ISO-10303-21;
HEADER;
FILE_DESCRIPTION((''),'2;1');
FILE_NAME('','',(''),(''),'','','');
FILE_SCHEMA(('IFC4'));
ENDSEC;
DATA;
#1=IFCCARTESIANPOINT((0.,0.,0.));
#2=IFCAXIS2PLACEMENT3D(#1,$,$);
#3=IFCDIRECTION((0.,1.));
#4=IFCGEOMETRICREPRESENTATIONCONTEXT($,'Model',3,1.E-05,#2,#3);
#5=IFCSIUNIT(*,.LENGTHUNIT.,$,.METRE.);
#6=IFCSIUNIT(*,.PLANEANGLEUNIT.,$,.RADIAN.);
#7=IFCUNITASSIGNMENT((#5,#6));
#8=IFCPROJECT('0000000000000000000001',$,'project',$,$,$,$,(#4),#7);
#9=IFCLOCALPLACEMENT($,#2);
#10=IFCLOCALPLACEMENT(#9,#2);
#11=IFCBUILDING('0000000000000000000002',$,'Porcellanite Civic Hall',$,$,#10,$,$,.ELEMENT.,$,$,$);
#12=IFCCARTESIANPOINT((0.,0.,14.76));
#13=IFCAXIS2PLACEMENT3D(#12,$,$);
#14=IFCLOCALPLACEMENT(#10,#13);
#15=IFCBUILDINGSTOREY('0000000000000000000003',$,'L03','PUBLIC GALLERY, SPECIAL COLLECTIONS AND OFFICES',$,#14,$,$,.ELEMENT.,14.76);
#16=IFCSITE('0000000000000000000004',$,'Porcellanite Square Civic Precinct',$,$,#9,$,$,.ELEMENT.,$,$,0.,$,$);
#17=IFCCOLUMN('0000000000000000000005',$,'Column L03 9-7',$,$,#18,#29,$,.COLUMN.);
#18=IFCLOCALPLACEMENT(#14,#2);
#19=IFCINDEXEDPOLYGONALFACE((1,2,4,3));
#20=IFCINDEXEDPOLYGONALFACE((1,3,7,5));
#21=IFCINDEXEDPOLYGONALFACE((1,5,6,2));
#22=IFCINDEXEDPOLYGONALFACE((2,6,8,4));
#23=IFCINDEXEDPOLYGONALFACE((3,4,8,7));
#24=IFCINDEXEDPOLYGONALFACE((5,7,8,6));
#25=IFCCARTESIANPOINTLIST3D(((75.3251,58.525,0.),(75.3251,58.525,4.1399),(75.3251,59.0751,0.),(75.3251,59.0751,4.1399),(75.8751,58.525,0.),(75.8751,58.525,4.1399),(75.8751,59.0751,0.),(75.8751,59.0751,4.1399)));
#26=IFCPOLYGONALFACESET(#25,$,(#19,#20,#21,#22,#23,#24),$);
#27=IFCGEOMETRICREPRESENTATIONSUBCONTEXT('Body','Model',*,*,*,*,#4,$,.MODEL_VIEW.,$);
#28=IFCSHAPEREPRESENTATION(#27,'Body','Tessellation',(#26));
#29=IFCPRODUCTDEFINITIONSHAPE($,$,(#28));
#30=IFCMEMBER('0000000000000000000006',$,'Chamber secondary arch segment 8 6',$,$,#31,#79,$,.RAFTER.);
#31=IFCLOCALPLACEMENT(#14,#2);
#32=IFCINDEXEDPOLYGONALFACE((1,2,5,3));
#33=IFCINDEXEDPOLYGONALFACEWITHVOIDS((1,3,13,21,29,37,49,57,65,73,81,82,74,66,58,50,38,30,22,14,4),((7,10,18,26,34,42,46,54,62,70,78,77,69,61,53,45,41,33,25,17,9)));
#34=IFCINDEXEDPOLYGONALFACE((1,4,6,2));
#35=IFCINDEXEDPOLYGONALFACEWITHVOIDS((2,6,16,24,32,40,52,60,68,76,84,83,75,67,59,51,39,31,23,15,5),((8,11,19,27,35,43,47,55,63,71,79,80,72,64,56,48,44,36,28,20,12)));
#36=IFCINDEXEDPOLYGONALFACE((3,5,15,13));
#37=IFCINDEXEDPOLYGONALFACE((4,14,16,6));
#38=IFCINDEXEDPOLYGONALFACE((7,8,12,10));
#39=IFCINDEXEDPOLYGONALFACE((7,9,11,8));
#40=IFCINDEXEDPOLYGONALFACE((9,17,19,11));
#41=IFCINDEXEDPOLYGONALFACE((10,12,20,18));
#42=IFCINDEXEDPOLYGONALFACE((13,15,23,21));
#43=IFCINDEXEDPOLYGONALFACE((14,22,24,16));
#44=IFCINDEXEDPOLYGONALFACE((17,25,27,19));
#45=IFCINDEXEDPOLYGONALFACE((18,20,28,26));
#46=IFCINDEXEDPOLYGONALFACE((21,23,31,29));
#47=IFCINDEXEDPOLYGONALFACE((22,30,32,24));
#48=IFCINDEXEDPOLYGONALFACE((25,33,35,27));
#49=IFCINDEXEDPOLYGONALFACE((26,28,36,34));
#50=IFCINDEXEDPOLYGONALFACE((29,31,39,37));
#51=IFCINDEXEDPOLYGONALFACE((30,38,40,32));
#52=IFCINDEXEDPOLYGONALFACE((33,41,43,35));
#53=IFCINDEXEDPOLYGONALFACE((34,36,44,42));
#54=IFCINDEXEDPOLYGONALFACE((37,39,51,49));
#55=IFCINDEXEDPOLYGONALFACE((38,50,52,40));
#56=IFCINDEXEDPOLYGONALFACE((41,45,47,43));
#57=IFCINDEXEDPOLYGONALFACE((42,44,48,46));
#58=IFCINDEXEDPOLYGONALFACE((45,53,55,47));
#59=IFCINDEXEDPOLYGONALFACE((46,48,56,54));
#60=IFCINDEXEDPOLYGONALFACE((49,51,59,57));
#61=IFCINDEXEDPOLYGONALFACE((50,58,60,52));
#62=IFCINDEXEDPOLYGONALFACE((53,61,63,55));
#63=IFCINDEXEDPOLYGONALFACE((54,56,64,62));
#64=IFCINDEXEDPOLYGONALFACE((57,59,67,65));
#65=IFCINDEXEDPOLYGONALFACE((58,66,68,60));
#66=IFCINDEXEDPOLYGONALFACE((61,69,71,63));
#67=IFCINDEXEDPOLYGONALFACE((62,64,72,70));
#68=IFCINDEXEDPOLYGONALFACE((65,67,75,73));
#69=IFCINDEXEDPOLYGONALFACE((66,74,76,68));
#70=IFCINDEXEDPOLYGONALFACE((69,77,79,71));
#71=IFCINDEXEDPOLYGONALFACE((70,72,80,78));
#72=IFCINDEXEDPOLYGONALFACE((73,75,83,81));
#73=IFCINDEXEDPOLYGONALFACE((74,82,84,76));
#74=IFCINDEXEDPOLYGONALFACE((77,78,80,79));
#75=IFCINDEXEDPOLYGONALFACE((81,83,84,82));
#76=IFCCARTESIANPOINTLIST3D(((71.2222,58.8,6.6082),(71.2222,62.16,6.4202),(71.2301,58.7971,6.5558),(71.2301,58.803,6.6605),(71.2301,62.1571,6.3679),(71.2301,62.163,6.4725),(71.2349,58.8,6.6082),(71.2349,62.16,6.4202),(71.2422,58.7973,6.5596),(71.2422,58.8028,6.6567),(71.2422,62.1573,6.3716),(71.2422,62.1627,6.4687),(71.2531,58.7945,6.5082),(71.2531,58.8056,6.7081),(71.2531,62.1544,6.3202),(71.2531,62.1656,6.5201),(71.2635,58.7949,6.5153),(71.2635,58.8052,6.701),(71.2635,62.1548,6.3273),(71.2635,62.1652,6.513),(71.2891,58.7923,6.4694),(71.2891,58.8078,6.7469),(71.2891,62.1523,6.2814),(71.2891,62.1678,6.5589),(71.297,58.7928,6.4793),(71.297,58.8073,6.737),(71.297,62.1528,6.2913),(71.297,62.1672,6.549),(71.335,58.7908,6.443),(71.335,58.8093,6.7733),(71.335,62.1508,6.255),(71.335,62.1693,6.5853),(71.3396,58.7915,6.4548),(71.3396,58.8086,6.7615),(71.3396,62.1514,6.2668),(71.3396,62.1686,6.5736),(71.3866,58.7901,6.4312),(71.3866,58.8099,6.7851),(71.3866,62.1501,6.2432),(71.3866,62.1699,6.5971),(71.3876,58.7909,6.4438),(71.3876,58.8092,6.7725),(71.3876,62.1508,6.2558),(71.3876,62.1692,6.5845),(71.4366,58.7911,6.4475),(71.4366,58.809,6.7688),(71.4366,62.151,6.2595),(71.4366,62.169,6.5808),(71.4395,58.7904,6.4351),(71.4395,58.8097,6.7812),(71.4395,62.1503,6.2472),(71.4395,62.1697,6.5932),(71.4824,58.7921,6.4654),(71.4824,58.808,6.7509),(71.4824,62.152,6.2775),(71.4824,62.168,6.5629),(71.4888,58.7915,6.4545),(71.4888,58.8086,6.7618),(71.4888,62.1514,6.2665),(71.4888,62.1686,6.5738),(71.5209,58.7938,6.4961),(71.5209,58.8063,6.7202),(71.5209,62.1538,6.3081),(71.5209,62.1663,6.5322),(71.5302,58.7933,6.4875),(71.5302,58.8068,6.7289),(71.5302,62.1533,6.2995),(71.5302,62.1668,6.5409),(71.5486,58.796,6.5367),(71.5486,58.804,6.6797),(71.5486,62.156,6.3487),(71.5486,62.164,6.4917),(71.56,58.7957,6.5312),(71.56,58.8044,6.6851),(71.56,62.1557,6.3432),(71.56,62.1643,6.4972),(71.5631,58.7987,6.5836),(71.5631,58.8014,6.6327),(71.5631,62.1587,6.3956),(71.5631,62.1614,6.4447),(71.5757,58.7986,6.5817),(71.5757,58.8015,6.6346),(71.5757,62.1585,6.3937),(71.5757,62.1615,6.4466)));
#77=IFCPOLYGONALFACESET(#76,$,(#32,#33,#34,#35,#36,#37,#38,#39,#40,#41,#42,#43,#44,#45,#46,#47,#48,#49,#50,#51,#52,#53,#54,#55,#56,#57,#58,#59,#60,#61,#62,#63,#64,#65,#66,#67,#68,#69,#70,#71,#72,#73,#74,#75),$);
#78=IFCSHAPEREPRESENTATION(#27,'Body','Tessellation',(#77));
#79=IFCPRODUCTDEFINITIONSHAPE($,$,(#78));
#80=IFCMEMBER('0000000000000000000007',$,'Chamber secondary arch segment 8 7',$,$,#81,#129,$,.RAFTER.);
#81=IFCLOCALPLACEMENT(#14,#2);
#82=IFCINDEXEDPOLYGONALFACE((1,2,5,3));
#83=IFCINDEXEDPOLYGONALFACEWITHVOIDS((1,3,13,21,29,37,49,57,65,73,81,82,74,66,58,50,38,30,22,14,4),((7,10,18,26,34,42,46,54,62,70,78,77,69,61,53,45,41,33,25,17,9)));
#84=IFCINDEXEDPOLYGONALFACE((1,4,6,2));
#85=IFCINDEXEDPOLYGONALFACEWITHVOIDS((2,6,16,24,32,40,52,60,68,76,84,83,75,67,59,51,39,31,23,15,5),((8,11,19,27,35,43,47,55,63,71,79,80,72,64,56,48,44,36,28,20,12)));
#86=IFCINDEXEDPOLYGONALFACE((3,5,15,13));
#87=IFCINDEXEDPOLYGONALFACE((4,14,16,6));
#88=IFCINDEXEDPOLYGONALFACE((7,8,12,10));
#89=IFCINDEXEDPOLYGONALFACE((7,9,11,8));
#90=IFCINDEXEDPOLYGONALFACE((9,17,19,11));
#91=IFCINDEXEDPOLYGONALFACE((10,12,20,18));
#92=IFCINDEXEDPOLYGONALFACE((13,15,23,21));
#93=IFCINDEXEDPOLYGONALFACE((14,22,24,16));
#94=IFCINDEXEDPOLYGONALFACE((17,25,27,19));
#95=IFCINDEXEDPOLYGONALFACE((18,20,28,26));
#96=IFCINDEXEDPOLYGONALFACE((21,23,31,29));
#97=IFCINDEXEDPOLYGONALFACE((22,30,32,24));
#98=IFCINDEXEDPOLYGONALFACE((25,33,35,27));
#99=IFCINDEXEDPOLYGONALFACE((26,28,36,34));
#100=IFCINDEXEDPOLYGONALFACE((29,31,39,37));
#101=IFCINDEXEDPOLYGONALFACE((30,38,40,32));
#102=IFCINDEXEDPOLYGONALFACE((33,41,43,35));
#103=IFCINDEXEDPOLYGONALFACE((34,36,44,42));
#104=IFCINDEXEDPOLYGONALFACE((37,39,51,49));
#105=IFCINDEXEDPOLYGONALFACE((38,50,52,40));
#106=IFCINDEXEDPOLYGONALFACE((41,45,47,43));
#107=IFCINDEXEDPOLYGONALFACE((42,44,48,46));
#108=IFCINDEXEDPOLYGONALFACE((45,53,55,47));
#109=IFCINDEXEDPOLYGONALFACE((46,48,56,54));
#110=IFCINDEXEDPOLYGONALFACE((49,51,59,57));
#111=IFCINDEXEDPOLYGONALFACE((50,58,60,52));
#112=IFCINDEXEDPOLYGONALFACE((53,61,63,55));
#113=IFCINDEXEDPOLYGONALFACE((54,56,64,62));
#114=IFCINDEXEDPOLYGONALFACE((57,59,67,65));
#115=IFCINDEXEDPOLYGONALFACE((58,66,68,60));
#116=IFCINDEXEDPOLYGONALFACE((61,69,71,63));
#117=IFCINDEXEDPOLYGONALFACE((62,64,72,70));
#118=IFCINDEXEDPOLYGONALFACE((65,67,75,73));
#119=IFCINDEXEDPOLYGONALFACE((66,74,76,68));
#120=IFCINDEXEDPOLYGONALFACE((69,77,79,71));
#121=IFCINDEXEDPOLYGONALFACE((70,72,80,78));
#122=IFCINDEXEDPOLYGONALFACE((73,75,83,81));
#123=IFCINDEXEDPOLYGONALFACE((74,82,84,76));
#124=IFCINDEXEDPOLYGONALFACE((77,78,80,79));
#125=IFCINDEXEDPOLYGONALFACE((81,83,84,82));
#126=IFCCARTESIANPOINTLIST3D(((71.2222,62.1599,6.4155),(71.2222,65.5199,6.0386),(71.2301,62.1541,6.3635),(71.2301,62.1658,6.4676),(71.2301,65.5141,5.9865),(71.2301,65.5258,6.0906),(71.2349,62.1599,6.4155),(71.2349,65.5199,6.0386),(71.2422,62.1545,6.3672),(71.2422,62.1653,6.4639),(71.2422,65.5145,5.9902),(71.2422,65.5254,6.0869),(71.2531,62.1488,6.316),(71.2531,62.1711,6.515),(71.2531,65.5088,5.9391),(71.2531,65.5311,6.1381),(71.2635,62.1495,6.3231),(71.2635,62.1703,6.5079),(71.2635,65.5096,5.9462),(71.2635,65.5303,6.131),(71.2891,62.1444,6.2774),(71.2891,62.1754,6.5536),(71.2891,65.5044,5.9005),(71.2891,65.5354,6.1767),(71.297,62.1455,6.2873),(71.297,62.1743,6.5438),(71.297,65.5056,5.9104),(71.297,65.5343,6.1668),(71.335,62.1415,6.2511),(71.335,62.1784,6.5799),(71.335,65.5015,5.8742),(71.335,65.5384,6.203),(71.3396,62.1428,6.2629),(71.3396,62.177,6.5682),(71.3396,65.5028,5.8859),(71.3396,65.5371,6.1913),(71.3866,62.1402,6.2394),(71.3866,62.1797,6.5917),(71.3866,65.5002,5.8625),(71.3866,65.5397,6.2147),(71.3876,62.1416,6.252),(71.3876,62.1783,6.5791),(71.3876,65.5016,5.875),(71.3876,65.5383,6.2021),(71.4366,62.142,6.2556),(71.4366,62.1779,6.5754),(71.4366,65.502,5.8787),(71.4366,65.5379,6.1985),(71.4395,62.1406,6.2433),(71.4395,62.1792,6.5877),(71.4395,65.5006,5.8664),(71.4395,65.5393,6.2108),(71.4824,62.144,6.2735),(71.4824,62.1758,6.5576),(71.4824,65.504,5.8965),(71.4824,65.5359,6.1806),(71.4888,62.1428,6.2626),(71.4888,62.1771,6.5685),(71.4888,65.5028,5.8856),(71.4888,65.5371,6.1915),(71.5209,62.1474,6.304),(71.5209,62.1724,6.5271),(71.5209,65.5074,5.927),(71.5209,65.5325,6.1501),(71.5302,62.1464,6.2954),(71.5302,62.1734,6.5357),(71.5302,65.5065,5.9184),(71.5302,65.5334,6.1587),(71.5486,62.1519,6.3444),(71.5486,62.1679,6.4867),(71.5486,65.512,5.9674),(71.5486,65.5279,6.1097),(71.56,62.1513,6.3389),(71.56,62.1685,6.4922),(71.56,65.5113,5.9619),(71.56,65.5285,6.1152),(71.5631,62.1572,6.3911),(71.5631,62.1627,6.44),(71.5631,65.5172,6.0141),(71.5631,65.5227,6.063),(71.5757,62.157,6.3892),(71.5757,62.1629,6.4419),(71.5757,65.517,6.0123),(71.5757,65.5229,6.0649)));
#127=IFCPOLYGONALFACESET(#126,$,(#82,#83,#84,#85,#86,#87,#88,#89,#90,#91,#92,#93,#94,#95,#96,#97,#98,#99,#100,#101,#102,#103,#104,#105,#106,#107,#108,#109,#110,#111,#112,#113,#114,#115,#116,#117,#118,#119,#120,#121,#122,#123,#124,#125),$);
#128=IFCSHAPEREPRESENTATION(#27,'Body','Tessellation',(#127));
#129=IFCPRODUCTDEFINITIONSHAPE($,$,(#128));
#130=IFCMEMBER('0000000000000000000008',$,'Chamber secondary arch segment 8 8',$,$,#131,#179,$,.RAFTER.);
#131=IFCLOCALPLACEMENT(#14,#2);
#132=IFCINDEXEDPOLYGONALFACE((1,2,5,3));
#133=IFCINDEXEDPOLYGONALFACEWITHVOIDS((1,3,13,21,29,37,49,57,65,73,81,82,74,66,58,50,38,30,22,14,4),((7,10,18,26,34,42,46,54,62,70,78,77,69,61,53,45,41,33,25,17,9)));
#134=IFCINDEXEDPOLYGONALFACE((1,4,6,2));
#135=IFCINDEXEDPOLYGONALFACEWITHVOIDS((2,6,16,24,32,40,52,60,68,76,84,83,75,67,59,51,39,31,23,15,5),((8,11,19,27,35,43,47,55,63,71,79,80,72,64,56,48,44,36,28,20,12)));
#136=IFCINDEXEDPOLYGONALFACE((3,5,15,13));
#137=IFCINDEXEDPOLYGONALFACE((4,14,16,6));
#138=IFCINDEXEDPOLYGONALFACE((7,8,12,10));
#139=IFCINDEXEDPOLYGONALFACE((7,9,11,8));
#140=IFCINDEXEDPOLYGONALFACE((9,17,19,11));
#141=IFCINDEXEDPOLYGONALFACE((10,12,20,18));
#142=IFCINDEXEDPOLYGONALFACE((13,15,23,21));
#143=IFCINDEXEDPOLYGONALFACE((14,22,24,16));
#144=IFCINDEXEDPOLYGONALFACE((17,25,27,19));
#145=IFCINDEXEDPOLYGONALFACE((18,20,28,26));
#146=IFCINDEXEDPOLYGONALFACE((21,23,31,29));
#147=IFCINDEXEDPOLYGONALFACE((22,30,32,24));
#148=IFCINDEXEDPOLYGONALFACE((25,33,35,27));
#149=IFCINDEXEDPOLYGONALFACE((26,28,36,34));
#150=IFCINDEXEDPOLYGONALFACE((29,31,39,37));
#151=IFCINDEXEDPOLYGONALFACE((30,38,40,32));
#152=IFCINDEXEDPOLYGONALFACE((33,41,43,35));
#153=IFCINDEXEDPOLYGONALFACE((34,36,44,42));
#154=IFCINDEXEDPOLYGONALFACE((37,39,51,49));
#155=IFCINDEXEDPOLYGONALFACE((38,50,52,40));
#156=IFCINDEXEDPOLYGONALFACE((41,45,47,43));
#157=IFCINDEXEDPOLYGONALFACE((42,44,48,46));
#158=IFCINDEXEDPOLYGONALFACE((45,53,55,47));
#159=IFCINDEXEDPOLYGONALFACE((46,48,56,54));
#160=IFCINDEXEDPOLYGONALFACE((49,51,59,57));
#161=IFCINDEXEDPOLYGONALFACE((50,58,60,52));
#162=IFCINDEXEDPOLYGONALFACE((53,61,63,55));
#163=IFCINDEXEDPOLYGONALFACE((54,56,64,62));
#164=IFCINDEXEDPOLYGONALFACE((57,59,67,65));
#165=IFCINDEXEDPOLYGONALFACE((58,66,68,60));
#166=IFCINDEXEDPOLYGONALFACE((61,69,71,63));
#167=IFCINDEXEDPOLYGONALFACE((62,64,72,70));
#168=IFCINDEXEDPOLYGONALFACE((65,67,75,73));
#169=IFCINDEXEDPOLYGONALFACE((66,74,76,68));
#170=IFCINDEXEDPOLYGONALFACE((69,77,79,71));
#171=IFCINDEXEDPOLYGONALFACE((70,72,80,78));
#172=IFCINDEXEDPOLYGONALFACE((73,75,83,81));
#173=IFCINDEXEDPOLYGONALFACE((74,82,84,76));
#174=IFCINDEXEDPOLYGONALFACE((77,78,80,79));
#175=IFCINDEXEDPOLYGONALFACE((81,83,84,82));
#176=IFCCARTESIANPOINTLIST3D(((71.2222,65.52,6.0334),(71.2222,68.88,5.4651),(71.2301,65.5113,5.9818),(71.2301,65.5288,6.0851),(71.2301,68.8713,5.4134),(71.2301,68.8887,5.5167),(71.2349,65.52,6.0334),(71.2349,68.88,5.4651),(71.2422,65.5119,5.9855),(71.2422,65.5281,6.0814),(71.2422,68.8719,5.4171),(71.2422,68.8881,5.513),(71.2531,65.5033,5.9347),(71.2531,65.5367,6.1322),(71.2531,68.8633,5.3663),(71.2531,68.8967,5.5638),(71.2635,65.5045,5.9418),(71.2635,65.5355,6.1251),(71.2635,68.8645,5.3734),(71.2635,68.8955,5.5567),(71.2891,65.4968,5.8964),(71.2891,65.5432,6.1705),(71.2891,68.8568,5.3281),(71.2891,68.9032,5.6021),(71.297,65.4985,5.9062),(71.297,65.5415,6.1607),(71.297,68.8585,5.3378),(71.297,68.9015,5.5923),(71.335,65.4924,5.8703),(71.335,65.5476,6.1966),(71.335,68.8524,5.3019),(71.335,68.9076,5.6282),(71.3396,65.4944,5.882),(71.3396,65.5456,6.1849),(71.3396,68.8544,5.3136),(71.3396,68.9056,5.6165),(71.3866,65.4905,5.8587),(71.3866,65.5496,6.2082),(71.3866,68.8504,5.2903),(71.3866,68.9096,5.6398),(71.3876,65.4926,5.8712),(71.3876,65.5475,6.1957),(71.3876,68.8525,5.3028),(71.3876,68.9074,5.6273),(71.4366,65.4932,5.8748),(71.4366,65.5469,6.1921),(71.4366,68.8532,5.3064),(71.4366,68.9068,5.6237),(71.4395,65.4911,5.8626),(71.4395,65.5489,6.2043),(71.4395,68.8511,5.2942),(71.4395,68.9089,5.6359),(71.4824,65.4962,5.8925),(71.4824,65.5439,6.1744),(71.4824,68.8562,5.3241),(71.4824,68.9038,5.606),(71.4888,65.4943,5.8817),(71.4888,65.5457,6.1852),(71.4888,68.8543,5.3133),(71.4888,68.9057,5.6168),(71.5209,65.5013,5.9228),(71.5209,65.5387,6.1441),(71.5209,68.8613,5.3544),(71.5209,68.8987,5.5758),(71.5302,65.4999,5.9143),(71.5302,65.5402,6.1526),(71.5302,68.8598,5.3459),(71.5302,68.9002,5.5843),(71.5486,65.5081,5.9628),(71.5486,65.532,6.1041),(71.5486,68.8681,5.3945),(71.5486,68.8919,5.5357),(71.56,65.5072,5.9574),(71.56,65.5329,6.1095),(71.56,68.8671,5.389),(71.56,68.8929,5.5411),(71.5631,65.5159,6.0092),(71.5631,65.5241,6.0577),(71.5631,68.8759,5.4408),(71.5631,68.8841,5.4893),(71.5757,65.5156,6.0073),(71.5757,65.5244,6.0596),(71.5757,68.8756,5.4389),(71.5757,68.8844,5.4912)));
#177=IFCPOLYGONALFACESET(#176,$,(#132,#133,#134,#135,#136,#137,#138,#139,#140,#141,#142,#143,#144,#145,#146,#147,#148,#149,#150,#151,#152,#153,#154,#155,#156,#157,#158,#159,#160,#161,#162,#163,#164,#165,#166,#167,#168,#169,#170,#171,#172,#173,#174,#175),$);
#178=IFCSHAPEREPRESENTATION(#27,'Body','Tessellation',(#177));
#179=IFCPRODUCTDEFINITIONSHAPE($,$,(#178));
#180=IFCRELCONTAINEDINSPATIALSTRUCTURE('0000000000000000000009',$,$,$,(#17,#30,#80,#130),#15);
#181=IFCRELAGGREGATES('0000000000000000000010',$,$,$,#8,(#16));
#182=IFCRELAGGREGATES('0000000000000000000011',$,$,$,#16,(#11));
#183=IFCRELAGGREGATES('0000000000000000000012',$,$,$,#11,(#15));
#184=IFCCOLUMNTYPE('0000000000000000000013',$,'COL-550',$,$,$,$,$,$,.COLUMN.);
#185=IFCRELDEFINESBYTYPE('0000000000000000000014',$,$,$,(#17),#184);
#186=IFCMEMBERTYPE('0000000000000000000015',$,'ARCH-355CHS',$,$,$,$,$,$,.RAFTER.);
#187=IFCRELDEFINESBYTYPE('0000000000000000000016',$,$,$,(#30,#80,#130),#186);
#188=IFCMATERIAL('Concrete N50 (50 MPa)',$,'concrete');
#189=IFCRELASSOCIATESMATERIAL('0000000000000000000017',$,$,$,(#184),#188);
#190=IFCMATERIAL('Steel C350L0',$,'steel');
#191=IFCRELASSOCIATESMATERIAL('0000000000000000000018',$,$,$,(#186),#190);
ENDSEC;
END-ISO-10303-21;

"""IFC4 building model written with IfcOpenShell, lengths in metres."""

from ifc_helpers import new_model, si_unit, direction, frame, origin, origin_2d, place, context, subcontext, project, spatial, rectangle, hollow_circle, extrude, material, material_profile, profile_set, type_object, element, save


model = new_model("IFC4")

# Units and contexts
model_context = context("Model", 3, precision=1e-05, world=origin(), true_north=direction((0.0, 1.0)))
body_context = subcontext(model_context, "Body", "Model", "MODEL_VIEW")
ifc_project = project(units=[si_unit("LENGTHUNIT", "METRE"), si_unit("PLANEANGLEUNIT", "RADIAN")], contexts=[model_context])

# Site, building, storey
site_placement = place(None, origin())
site = spatial("IfcSite", under=ifc_project, at=site_placement, Name="Porcellanite Square Civic Precinct", CompositionType="ELEMENT", RefElevation=0.0)
building_placement = place(site_placement, origin())
building = spatial("IfcBuilding", under=site, at=building_placement, Name="Porcellanite Civic Hall", CompositionType="ELEMENT")
storey_placement = place(building_placement, frame((0.0, 0.0, 14.76)))
storey = spatial("IfcBuildingStorey", under=building, at=storey_placement, Name="L03", Description="PUBLIC GALLERY, SPECIAL COLLECTIONS AND OFFICES", CompositionType="ELEMENT", Elevation=14.76)

# Column
ifc_material_1 = material(Name="Concrete N50 (50 MPa)", Category="concrete")
ifc_material_profile_1 = material_profile(ifc_material_1, rectangle(XDim=0.55, YDim=0.55, at=origin_2d()), Name="RC-550x550")
ifc_profile_set_1 = profile_set([ifc_material_profile_1], Name="Concrete N50 (50 MPa)")
column_type = type_object("IfcColumnType", Name="COL-550", PredefinedType="COLUMN", material=ifc_profile_set_1)
column_placement = place(storey_placement, frame((75.6001, 58.8, 0.0), z_axis=(0.0, 0.0, 1.0), x_axis=(1.0, 0.0, 0.0)))
element("IfcColumn", 1, at=column_placement, inside=storey, type_object=column_type, Name="Column L03 9-7", PredefinedType="COLUMN", context=body_context, shape_type="SweptSolid", body=[
    extrude(rectangle(XDim=0.55, YDim=0.55, at=origin_2d()), origin(), (0.0, 0.0, 1.0), 4.1399),
])

# Members
ifc_material_2 = material(Name="Steel C350L0", Category="steel")
ifc_material_profile_2 = material_profile(ifc_material_2, hollow_circle(Radius=0.1777, WallThickness=0.0127, at=origin_2d()), Name="355.6x12.7CHS")
ifc_profile_set_2 = profile_set([ifc_material_profile_2], Name="Steel C350L0")
member_type_1 = type_object("IfcMemberType", Name="ARCH-355CHS", PredefinedType="RAFTER", material=ifc_profile_set_2)
member_1_placement = place(storey_placement, frame((71.3999, 58.8, 6.6082), z_axis=(0.0, 0.998438, -0.055864), x_axis=(-1.0, 0.0, 0.0)))
element("IfcMember", 2, at=member_1_placement, inside=storey, type_object=member_type_1, Name="Chamber secondary arch segment 8 6", PredefinedType="RAFTER", context=body_context, shape_type="SweptSolid", body=[
    extrude(hollow_circle(Radius=0.1777, WallThickness=0.0127, at=origin_2d()), origin(), (0.0, 0.0, 1.0), 3.3652),
])
member_2_placement = place(storey_placement, frame((71.3999, 62.1599, 6.4155), z_axis=(0.0, 0.993766, -0.111485), x_axis=(-1.0, 0.0, 0.0)))
element("IfcMember", 3, at=member_2_placement, inside=storey, type_object=member_type_1, Name="Chamber secondary arch segment 8 7", PredefinedType="RAFTER", context=body_context, shape_type="SweptSolid", body=[
    extrude(hollow_circle(Radius=0.1777, WallThickness=0.0127, at=origin_2d()), origin(), (0.0, 0.0, 1.0), 3.3811),
])
member_3_placement = place(storey_placement, frame((71.3999, 65.52, 6.0334), z_axis=(0.0, 0.985992, -0.166792), x_axis=(-1.0, 0.0, 0.0)))
element("IfcMember", 4, at=member_3_placement, inside=storey, type_object=member_type_1, Name="Chamber secondary arch segment 8 8", PredefinedType="RAFTER", context=body_context, shape_type="SweptSolid", body=[
    extrude(hollow_circle(Radius=0.1777, WallThickness=0.0127, at=origin_2d()), origin(), (0.0, 0.0, 1.0), 3.4077),
])

save(model, "model.ifc")
